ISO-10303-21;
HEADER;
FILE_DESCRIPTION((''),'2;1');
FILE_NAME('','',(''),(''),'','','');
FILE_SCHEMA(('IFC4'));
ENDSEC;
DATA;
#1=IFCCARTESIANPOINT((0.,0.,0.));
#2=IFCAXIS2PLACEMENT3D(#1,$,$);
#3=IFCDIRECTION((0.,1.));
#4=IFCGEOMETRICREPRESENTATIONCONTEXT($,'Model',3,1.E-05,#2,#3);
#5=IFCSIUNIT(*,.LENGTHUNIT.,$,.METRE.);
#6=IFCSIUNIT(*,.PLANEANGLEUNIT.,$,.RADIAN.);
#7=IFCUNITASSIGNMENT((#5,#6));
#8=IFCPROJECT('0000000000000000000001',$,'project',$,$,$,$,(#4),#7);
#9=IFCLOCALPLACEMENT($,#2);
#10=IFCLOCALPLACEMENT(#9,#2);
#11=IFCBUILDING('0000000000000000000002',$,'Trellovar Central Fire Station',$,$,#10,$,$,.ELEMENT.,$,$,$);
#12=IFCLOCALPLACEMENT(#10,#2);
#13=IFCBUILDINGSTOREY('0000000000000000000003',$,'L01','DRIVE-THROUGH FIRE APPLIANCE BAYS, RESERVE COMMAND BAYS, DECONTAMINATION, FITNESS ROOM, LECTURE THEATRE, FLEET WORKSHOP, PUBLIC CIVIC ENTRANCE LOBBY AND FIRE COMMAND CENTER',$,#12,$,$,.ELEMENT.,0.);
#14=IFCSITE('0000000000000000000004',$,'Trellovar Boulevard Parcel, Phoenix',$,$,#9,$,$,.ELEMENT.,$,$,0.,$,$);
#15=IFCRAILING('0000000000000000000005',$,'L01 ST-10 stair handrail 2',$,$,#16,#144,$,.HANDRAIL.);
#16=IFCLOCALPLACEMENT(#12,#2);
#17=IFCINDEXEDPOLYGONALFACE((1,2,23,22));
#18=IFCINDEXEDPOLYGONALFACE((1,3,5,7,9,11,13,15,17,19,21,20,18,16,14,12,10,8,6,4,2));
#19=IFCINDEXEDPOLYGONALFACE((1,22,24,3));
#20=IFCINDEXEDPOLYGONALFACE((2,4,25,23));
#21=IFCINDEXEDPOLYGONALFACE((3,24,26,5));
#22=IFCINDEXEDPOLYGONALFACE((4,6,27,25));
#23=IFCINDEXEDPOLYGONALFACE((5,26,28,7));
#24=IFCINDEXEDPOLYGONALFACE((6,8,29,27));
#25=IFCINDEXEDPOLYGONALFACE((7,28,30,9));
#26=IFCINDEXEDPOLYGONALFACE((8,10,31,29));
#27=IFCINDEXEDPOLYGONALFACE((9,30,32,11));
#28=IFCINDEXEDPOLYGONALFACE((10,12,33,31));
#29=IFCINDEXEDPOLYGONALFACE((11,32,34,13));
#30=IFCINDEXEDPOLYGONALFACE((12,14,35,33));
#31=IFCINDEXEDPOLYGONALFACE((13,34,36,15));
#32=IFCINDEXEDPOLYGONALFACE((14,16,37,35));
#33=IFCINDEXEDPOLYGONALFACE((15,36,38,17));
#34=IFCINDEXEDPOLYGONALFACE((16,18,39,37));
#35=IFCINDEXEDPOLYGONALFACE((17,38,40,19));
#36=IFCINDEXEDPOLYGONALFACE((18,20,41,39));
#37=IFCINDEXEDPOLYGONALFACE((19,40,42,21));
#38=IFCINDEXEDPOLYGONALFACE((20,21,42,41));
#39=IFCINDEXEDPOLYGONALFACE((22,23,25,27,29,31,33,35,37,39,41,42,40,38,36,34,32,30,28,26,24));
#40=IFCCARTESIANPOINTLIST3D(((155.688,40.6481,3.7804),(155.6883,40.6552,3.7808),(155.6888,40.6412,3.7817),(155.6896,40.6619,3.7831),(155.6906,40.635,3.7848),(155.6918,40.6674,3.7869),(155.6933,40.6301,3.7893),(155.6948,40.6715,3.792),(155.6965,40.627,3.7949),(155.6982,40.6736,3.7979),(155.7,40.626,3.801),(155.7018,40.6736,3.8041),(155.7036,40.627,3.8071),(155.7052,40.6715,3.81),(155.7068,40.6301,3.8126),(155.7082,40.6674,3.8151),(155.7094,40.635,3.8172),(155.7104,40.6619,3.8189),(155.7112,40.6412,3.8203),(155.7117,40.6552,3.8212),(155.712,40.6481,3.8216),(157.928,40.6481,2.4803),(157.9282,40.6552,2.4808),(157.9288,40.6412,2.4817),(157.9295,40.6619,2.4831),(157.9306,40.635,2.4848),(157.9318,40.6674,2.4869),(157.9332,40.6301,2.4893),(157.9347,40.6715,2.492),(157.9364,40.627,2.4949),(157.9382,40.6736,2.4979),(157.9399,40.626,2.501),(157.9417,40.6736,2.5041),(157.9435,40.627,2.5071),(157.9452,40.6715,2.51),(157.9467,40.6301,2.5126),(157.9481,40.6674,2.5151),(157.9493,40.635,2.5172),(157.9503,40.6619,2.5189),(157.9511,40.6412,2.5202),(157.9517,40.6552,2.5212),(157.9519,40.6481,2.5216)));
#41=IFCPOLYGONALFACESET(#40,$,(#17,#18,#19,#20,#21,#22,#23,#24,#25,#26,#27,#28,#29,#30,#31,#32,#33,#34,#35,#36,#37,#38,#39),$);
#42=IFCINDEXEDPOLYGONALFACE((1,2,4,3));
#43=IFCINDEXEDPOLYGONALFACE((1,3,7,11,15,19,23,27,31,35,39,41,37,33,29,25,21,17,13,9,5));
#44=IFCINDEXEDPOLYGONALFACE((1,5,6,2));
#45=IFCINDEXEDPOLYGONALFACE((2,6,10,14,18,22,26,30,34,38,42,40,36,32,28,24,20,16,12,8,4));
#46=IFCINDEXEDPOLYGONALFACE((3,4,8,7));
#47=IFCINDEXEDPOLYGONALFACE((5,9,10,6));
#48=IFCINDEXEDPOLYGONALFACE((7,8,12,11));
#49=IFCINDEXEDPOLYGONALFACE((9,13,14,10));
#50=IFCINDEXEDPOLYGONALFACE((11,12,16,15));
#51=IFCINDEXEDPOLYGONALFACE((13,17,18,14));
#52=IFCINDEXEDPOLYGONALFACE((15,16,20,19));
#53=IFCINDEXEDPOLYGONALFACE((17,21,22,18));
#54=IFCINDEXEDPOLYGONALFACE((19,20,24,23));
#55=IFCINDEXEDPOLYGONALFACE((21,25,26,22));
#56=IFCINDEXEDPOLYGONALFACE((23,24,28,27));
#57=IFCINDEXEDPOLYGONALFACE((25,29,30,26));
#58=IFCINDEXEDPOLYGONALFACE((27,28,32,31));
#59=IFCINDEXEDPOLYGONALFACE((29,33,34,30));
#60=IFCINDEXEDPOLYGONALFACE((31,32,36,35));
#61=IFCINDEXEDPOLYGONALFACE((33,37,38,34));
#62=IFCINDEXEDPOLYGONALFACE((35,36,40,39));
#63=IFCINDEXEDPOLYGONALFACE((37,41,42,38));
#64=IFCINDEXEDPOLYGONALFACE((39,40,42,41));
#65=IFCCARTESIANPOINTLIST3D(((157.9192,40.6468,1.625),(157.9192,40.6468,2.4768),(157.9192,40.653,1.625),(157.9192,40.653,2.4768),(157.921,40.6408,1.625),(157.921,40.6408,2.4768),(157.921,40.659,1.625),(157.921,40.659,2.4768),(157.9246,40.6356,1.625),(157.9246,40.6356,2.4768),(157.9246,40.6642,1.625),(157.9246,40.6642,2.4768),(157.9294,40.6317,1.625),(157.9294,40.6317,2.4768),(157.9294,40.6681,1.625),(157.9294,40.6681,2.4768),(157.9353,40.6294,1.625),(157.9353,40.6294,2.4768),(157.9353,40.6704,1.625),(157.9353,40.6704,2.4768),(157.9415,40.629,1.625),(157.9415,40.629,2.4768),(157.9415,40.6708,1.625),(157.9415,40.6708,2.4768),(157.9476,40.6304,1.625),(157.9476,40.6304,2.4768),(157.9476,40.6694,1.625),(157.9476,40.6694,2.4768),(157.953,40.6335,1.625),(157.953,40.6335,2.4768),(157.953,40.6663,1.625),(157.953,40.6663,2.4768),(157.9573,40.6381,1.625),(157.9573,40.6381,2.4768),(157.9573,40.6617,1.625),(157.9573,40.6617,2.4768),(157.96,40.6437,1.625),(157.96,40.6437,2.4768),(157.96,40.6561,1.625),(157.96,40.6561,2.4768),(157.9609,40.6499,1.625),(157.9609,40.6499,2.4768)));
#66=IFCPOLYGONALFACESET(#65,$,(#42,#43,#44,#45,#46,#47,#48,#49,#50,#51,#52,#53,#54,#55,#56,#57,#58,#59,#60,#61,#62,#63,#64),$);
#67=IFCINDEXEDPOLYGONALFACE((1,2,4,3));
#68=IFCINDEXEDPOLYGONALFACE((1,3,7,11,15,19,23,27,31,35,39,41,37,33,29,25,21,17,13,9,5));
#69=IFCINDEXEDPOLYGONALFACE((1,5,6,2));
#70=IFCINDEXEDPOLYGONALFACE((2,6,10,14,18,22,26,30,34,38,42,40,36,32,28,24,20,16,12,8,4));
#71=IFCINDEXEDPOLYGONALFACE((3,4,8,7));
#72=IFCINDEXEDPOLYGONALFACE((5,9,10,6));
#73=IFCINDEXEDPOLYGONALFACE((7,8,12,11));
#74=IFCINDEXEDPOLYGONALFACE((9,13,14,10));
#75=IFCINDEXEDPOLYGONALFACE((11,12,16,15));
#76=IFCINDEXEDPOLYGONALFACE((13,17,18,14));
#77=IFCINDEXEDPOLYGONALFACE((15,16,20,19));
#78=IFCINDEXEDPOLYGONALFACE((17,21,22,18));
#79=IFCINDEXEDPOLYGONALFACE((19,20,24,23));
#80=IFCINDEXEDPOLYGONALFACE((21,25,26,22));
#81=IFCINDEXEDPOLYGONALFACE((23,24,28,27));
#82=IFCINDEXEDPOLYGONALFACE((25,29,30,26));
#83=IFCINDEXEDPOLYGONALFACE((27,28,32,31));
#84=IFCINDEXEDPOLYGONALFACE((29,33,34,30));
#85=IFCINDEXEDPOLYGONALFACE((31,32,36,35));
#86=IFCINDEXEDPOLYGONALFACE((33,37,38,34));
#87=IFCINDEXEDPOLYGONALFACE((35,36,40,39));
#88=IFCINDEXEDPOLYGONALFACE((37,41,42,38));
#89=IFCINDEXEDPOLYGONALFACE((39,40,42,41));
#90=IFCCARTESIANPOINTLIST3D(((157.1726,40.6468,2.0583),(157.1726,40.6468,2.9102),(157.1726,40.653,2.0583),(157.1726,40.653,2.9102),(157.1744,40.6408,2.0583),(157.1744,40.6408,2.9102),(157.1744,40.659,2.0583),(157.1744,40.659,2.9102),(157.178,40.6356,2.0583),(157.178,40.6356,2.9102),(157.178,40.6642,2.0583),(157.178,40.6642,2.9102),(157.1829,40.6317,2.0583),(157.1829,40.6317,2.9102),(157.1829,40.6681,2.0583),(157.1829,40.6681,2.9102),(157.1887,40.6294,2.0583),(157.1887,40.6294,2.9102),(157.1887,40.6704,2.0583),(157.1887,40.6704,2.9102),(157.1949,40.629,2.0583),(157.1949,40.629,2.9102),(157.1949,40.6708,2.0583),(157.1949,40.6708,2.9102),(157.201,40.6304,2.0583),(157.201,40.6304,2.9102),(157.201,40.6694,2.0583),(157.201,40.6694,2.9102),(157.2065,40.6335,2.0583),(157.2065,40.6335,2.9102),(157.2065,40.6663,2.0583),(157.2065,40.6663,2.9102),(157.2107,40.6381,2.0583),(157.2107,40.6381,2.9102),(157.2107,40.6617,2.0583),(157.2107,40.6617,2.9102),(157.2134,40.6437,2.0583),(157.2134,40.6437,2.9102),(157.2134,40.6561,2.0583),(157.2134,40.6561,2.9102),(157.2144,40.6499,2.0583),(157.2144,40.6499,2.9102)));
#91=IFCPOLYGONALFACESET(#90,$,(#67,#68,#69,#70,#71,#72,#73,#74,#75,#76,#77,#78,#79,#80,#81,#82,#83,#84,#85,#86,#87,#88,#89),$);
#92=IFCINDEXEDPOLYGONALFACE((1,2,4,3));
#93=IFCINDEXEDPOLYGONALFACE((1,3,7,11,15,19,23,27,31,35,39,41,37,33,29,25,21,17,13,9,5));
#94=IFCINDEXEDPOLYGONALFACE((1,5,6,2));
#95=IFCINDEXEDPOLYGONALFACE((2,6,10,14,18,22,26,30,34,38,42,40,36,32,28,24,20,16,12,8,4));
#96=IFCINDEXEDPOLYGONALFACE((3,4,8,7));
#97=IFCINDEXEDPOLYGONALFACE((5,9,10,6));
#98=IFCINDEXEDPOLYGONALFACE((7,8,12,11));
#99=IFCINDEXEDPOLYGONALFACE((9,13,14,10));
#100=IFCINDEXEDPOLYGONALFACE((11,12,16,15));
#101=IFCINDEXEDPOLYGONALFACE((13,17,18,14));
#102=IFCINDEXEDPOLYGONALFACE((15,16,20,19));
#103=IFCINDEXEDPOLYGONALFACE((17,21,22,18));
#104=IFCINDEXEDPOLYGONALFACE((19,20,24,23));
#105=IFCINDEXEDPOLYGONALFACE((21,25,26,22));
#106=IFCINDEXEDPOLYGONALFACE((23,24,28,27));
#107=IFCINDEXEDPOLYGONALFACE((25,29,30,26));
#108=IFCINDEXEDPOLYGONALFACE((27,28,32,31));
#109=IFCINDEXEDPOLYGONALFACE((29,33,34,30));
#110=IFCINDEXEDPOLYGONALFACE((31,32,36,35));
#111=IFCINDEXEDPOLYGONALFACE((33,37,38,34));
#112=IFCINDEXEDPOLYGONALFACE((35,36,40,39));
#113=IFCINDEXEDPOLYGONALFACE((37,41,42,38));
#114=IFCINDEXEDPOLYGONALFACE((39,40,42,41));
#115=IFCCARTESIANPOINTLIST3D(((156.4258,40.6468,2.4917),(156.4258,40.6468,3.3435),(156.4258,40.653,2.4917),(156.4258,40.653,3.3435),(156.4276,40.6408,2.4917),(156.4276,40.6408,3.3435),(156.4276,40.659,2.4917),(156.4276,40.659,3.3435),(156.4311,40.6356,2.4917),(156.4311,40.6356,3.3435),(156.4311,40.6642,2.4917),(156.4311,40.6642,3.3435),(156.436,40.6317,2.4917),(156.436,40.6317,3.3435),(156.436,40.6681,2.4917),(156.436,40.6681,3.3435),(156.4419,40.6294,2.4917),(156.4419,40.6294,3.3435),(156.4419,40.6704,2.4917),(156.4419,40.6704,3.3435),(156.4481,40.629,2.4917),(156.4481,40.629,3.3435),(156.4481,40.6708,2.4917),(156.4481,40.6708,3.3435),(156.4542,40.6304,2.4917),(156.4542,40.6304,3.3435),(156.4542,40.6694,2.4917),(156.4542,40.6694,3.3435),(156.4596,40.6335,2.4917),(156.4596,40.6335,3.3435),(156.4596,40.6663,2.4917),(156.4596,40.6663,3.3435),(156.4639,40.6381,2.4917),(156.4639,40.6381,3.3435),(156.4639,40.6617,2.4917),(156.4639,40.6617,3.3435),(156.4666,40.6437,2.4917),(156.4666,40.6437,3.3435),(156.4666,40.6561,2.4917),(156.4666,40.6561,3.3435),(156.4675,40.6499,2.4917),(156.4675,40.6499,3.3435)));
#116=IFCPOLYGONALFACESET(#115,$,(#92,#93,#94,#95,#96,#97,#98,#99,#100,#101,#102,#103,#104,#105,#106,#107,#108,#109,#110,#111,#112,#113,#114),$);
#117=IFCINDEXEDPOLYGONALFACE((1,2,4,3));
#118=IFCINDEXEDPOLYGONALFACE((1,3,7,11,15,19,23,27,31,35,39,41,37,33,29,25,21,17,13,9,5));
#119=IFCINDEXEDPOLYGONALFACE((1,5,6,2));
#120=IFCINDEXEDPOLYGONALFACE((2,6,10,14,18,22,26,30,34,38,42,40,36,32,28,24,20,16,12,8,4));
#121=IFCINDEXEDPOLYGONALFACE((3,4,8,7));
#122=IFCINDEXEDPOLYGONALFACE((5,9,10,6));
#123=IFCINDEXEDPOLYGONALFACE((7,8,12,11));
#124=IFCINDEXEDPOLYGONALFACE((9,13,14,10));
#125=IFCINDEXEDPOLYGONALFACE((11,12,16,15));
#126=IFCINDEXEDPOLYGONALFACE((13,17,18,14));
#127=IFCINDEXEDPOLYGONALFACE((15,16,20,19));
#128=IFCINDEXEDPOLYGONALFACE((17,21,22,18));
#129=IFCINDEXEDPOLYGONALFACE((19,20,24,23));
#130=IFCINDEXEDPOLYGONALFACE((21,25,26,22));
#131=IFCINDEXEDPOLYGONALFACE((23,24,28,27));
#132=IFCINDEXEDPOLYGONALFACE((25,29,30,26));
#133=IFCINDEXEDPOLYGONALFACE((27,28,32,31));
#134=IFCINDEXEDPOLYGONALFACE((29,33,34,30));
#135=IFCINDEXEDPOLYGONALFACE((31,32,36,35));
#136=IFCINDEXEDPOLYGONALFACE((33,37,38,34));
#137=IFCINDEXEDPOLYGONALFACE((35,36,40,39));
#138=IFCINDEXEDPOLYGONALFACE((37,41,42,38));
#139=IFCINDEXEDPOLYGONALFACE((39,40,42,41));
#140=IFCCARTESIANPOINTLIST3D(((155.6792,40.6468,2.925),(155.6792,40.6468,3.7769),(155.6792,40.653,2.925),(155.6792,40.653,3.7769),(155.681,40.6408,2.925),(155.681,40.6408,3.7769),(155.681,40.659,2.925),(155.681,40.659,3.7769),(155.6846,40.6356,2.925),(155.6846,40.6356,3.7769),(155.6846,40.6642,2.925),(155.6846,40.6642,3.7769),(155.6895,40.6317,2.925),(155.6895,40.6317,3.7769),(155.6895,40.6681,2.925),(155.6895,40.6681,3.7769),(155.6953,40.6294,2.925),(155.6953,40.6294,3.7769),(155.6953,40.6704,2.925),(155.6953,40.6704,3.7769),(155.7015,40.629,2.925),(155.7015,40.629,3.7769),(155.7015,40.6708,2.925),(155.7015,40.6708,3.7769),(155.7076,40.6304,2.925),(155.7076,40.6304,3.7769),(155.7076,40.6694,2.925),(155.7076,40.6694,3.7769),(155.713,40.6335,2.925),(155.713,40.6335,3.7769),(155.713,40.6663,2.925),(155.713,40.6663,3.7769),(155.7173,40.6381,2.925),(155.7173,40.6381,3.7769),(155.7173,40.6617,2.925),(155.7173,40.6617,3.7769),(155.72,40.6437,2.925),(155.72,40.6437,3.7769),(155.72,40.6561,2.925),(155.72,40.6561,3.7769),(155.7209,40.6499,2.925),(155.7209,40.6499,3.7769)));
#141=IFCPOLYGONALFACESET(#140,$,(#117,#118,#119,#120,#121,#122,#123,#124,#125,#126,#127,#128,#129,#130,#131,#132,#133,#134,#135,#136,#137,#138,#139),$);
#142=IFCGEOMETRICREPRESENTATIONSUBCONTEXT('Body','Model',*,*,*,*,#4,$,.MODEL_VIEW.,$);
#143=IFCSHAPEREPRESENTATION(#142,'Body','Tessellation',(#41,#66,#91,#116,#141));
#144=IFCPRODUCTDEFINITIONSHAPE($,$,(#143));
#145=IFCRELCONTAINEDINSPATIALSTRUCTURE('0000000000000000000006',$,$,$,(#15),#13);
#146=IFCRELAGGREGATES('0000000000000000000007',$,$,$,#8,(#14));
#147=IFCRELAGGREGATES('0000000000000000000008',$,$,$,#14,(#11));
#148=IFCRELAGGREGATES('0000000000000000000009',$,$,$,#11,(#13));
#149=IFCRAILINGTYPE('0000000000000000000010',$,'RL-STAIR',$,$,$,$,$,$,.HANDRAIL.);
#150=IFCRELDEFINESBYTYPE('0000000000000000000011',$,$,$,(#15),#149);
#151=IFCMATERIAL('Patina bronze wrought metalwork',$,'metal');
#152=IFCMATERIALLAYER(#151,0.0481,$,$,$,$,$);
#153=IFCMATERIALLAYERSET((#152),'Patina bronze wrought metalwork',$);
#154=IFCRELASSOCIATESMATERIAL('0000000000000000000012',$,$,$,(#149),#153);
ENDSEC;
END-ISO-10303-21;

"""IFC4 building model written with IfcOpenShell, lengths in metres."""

from ifc_helpers import new_model, si_unit, direction, frame, origin, origin_2d, place, context, subcontext, project, spatial, circle, extrude, material, layer, layer_set, type_object, element, save


model = new_model("IFC4")

# Units and contexts
model_context = context("Model", 3, precision=1e-05, world=origin(), true_north=direction((0.0, 1.0)))
body_context = subcontext(model_context, "Body", "Model", "MODEL_VIEW")
ifc_project = project(units=[si_unit("LENGTHUNIT", "METRE"), si_unit("PLANEANGLEUNIT", "RADIAN")], contexts=[model_context])

# Site, building, storey
site_placement = place(None, origin())
site = spatial("IfcSite", under=ifc_project, at=site_placement, Name="Trellovar Boulevard Parcel, Phoenix", CompositionType="ELEMENT", RefElevation=0.0)
building_placement = place(site_placement, origin())
building = spatial("IfcBuilding", under=site, at=building_placement, Name="Trellovar Central Fire Station", CompositionType="ELEMENT")
storey_placement = place(building_placement, origin())
storey = spatial("IfcBuildingStorey", under=building, at=storey_placement, Name="L01", Description="DRIVE-THROUGH FIRE APPLIANCE BAYS, RESERVE COMMAND BAYS, DECONTAMINATION, FITNESS ROOM, LECTURE THEATRE, FLEET WORKSHOP, PUBLIC CIVIC ENTRANCE LOBBY AND FIRE COMMAND CENTER", CompositionType="ELEMENT", Elevation=0.0)

# Railing
ifc_material_1 = material(Name="Patina bronze wrought metalwork", Category="metal")
ifc_layer_1 = layer(ifc_material_1, 0.0481)
ifc_layer_set_1 = layer_set([ifc_layer_1], Name="Patina bronze wrought metalwork")
railing_type_1 = type_object("IfcRailingType", Name="RL-STAIR", PredefinedType="HANDRAIL", material=ifc_layer_set_1)
for number, where, name in (
    (1, (157.9399, 40.6499, 1.625), "L01 ST-10 stair handrail 2"),
):
    element("IfcRailing", number, at=place(storey_placement, frame(where)), inside=storey, type_object=railing_type_1, Name=name, PredefinedType="HANDRAIL", context=body_context, shape_type="SweptSolid", body=[
        extrude(circle(Radius=0.0239, at=origin_2d()), frame((0.0, 0.0, 0.876), z_axis=(-0.864888, 0.0, 0.501965), x_axis=(0.0, -1.0, 0.0)), (0.0, 0.0, 1.0), 2.5898),
        extrude(circle(Radius=0.021, at=origin_2d()), origin(), (0.0, 0.0, 1.0), 0.8518),
        extrude(circle(Radius=0.021, at=origin_2d()), frame((-0.7466, 0.0, 0.4333)), (0.0, 0.0, 1.0), 0.8518),
        extrude(circle(Radius=0.021, at=origin_2d()), frame((-1.4934, 0.0, 0.8667)), (0.0, 0.0, 1.0), 0.8518),
        extrude(circle(Radius=0.021, at=origin_2d()), frame((-2.24, 0.0, 1.3)), (0.0, 0.0, 1.0), 0.8518),
    ])

save(model, "model.ifc")
